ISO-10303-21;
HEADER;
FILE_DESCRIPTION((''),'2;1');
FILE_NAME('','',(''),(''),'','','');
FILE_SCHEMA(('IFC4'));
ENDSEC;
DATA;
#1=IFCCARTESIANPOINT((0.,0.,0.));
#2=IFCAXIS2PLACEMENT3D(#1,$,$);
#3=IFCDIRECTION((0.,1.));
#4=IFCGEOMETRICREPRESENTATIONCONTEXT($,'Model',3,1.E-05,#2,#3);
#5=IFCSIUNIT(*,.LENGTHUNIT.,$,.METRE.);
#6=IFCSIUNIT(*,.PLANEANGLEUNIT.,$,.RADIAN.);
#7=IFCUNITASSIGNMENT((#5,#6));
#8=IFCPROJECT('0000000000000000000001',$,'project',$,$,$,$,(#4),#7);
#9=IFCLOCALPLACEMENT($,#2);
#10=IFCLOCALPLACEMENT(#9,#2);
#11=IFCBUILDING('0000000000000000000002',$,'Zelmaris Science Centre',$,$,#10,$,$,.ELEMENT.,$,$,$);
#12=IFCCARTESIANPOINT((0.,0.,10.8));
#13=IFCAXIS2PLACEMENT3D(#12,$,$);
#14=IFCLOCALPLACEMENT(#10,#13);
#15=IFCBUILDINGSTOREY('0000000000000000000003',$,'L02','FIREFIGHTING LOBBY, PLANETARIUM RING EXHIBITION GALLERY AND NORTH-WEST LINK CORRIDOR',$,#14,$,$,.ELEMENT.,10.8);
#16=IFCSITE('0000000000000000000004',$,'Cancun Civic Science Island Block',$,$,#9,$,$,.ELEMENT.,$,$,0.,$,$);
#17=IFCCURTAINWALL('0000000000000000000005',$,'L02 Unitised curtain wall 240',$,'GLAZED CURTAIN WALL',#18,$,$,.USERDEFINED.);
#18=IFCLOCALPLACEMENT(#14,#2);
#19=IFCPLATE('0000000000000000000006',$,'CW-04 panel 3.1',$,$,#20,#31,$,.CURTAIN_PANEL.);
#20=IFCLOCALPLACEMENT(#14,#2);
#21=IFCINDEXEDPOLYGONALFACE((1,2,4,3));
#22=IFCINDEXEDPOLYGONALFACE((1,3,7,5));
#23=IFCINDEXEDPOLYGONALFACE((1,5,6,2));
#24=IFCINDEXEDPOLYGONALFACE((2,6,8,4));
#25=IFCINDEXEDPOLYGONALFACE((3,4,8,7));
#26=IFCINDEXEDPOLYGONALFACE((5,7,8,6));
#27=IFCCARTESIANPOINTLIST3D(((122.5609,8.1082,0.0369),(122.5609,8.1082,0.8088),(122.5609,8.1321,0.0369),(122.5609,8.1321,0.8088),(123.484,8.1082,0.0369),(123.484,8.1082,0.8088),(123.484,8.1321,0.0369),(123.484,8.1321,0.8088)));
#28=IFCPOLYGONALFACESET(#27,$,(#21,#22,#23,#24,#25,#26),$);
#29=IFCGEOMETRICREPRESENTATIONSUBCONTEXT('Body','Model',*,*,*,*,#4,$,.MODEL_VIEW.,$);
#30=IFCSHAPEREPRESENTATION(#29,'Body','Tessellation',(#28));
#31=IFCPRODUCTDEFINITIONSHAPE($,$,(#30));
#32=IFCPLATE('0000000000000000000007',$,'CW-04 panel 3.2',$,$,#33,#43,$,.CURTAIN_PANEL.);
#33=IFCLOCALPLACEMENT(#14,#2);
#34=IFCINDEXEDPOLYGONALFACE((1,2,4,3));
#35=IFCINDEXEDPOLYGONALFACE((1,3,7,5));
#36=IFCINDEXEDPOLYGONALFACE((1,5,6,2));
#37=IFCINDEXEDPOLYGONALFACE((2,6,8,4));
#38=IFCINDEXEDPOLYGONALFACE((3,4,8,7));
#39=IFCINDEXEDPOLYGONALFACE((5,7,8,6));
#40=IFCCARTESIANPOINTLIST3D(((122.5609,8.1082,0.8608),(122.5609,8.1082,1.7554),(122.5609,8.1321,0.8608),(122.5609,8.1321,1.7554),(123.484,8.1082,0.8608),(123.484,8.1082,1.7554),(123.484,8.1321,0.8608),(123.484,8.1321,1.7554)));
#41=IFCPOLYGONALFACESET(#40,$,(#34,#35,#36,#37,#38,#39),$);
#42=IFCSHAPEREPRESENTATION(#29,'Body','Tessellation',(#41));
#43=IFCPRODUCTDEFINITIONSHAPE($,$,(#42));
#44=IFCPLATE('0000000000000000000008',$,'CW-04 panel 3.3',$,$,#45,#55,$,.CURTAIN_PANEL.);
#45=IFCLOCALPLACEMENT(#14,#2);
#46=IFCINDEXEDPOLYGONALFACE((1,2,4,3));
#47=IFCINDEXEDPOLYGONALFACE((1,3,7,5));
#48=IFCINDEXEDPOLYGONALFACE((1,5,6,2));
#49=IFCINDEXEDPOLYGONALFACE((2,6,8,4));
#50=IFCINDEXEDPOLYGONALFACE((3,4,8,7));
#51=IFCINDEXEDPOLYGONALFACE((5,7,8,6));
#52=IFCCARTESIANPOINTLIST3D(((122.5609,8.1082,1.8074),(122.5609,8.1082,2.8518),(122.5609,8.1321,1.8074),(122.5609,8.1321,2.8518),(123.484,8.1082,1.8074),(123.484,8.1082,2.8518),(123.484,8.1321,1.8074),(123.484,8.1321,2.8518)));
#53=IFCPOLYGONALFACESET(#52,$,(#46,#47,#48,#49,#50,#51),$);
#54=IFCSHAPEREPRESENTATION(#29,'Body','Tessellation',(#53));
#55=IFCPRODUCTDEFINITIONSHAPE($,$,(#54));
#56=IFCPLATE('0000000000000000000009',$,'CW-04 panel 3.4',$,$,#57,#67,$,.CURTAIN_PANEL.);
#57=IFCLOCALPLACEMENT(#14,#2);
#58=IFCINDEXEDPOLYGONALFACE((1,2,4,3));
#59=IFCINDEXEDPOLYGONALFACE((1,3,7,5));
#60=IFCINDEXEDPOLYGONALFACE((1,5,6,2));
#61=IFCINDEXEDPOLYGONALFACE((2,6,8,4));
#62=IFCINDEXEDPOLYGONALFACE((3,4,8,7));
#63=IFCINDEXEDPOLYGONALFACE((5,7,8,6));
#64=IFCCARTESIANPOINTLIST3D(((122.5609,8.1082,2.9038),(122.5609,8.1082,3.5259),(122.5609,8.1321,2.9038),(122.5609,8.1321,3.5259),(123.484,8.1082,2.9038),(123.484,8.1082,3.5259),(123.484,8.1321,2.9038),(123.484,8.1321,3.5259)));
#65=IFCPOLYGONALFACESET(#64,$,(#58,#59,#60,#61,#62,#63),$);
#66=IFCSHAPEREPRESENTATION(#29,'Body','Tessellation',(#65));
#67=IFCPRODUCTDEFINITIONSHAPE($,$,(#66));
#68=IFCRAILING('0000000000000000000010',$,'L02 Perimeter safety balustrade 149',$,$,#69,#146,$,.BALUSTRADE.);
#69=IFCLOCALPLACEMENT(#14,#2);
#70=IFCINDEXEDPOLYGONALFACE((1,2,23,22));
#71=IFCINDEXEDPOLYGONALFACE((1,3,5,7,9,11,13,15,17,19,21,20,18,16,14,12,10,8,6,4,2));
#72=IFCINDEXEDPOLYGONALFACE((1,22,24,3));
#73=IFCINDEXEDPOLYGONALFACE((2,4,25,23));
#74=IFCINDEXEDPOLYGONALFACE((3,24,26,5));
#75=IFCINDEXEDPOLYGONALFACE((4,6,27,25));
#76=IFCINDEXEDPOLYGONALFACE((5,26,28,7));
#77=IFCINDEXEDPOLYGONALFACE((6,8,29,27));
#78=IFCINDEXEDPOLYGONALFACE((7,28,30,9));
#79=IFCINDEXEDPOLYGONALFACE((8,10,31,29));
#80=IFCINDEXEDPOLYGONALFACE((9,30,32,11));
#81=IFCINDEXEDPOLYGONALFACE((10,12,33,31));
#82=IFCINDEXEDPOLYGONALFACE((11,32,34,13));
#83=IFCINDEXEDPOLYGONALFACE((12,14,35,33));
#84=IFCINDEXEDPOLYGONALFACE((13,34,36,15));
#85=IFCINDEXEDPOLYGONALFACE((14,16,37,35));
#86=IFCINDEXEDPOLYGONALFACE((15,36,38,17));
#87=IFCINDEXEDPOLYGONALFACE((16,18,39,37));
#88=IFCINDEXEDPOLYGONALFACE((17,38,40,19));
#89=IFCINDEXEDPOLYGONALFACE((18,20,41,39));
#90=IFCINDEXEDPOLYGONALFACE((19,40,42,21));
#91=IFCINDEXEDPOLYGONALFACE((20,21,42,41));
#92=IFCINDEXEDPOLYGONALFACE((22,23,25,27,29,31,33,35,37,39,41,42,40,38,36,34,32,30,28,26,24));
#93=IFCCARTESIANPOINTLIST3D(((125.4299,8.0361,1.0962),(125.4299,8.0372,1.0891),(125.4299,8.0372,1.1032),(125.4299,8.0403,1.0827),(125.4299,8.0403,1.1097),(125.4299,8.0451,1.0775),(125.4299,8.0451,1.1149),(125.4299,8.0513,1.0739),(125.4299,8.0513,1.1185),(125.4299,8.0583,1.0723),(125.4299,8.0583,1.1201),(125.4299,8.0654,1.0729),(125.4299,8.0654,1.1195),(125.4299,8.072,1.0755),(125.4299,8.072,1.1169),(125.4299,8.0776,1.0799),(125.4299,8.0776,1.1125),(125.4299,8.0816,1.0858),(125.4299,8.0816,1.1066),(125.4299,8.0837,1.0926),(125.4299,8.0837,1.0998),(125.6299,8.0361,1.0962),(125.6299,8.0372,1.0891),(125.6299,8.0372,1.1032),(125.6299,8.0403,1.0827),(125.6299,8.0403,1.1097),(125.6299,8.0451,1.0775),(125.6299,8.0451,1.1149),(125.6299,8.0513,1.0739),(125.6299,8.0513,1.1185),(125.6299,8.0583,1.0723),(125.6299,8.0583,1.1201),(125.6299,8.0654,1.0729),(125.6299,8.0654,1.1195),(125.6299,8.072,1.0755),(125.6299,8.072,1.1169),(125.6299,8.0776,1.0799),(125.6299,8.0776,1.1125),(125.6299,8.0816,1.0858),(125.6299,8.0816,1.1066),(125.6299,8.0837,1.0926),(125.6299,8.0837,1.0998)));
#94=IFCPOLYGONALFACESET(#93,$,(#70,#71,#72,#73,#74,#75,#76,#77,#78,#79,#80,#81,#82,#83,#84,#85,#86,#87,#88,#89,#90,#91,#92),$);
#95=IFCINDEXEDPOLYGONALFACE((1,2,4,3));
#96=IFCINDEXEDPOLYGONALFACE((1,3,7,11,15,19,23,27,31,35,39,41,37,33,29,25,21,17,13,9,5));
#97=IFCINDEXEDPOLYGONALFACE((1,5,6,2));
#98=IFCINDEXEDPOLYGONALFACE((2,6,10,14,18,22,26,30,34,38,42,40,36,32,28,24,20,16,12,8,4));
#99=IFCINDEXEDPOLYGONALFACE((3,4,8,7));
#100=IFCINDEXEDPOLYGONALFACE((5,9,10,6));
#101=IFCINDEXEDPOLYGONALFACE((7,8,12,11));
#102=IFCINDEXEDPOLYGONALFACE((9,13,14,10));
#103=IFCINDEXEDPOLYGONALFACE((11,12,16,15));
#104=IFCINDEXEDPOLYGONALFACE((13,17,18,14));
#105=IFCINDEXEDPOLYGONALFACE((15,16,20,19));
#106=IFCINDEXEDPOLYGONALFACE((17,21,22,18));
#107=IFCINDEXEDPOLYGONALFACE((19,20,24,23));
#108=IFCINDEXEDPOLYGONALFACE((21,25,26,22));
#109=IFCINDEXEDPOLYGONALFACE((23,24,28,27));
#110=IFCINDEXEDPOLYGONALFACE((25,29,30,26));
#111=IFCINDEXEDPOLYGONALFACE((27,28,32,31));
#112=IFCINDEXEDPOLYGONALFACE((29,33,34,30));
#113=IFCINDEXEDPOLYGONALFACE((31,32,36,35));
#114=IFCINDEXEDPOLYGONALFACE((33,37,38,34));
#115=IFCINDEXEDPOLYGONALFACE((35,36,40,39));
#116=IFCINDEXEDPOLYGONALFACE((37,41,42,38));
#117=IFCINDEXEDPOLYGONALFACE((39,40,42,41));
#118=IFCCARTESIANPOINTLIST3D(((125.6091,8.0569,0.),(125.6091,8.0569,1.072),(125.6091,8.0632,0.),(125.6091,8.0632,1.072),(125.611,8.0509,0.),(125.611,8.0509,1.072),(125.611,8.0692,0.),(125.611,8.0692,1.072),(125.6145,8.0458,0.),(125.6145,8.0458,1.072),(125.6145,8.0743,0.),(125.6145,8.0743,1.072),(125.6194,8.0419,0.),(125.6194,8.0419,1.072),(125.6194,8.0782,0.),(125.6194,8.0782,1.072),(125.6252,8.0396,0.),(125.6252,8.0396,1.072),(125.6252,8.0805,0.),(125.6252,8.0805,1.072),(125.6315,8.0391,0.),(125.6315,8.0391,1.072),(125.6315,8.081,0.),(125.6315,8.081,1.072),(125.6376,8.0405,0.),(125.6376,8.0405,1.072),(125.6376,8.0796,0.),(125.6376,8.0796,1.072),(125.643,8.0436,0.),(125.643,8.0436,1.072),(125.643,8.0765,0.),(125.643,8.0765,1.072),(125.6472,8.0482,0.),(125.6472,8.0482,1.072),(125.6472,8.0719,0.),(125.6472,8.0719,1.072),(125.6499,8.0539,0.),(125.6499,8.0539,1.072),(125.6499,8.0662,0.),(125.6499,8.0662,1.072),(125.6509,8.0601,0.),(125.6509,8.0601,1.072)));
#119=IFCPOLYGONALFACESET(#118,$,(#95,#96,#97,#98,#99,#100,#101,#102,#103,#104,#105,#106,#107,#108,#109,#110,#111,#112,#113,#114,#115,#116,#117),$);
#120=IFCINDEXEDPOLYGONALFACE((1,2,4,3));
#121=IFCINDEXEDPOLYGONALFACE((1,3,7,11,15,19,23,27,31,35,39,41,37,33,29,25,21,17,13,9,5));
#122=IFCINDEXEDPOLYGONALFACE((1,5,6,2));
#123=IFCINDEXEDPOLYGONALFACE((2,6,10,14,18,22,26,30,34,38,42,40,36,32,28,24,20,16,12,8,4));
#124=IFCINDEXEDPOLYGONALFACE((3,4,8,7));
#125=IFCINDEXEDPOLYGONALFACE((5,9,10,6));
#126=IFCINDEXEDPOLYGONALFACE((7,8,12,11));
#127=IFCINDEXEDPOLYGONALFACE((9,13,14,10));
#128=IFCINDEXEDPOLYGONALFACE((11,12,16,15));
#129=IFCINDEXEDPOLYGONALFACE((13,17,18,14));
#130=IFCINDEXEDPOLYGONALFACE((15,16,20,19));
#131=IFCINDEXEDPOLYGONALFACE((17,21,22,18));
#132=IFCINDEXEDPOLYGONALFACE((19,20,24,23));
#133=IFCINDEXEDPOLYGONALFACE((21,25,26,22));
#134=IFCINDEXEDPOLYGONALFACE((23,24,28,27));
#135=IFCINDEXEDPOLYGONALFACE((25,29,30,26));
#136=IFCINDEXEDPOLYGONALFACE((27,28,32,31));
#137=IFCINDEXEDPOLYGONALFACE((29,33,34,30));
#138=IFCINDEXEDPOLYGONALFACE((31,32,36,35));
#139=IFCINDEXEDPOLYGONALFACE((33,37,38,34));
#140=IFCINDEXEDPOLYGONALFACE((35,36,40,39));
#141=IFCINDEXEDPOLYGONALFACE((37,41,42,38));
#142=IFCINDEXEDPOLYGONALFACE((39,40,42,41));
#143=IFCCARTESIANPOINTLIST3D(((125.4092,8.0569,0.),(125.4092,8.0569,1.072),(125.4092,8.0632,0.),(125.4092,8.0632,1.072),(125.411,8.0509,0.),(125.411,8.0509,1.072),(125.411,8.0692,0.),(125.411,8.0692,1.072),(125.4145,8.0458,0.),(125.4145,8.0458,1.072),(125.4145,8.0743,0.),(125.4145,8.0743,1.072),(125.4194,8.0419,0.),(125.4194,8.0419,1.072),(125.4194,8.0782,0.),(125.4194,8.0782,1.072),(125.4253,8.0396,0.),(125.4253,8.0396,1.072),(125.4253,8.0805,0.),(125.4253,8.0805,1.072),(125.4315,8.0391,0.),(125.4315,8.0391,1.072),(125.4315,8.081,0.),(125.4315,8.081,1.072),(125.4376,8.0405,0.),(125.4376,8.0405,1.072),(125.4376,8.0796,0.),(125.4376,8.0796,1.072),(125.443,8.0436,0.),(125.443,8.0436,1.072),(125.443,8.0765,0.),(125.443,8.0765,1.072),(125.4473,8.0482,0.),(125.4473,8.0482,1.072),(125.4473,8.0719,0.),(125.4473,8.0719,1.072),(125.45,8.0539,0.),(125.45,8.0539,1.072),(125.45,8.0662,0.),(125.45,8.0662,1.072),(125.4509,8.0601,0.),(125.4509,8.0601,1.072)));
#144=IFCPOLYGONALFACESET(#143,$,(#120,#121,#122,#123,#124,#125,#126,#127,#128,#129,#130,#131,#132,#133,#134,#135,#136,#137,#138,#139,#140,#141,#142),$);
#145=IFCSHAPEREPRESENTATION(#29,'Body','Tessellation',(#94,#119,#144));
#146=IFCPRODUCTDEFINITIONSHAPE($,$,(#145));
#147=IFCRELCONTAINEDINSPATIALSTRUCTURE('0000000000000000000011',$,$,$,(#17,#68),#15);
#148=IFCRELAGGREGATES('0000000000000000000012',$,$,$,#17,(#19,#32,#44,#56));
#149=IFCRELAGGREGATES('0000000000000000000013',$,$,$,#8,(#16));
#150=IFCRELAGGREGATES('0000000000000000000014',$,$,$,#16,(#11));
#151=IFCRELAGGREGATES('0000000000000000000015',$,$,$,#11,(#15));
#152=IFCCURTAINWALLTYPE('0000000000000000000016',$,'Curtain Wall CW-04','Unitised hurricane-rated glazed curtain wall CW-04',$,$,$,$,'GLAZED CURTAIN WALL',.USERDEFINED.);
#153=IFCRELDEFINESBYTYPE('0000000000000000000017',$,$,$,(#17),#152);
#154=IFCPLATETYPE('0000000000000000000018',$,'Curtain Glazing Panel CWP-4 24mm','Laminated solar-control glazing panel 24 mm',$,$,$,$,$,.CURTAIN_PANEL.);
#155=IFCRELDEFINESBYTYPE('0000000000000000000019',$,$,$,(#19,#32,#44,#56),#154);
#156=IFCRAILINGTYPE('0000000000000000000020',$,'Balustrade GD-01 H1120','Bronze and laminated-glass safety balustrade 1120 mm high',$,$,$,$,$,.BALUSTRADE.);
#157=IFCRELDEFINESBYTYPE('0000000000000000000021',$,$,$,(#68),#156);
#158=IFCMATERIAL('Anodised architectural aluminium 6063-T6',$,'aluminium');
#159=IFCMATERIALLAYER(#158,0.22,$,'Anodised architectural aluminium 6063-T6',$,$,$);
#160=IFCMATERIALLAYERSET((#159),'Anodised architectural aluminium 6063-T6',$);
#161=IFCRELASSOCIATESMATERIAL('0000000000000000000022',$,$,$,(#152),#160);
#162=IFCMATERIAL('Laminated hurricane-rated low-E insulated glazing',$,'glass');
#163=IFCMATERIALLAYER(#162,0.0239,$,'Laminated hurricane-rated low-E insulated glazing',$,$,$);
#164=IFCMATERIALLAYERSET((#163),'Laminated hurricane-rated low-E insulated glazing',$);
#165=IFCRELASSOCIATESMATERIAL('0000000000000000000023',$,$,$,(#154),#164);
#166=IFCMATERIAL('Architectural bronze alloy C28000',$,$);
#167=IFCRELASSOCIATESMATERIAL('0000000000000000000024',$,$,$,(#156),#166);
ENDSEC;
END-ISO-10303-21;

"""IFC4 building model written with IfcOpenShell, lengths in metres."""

from ifc_helpers import new_model, si_unit, direction, frame, origin, origin_2d, place, context, subcontext, project, spatial, rectangle, circle, extrude, material, layer, layer_set, type_object, element, aggregate, save


model = new_model("IFC4")

# Units and contexts
model_context = context("Model", 3, precision=1e-05, world=origin(), true_north=direction((0.0, 1.0)))
body_context = subcontext(model_context, "Body", "Model", "MODEL_VIEW")
ifc_project = project(units=[si_unit("LENGTHUNIT", "METRE"), si_unit("PLANEANGLEUNIT", "RADIAN")], contexts=[model_context])

# Site, building, storey
site_placement = place(None, origin())
site = spatial("IfcSite", under=ifc_project, at=site_placement, Name="Cancun Civic Science Island Block", CompositionType="ELEMENT", RefElevation=0.0)
building_placement = place(site_placement, origin())
building = spatial("IfcBuilding", under=site, at=building_placement, Name="Zelmaris Science Centre", CompositionType="ELEMENT")
storey_placement = place(building_placement, frame((0.0, 0.0, 10.8)))
storey = spatial("IfcBuildingStorey", under=building, at=storey_placement, Name="L02", Description="FIREFIGHTING LOBBY, PLANETARIUM RING EXHIBITION GALLERY AND NORTH-WEST LINK CORRIDOR", CompositionType="ELEMENT", Elevation=10.8)

# Curtain wall
ifc_material_1 = material(Name="Anodised architectural aluminium 6063-T6", Category="aluminium")
ifc_layer_1 = layer(ifc_material_1, 0.22, Name="Anodised architectural aluminium 6063-T6")
ifc_layer_set_1 = layer_set([ifc_layer_1], Name="Anodised architectural aluminium 6063-T6")
curtain_wall_type = type_object("IfcCurtainWallType", Name="Curtain Wall CW-04", Description="Unitised hurricane-rated glazed curtain wall CW-04", ElementType="GLAZED CURTAIN WALL", PredefinedType="USERDEFINED", material=ifc_layer_set_1)
curtain_wall_placement = place(storey_placement, origin())
curtain_wall = element("IfcCurtainWall", 1, at=curtain_wall_placement, inside=storey, type_object=curtain_wall_type, Name="L02 Unitised curtain wall 240", ObjectType="GLAZED CURTAIN WALL", PredefinedType="USERDEFINED")

# Plates
ifc_material_2 = material(Name="Laminated hurricane-rated low-E insulated glazing", Category="glass")
ifc_layer_2 = layer(ifc_material_2, 0.0239, Name="Laminated hurricane-rated low-E insulated glazing")
ifc_layer_set_2 = layer_set([ifc_layer_2], Name="Laminated hurricane-rated low-E insulated glazing")
plate_type = type_object("IfcPlateType", Name="Curtain Glazing Panel CWP-4 24mm", Description="Laminated solar-control glazing panel 24 mm", PredefinedType="CURTAIN_PANEL", material=ifc_layer_set_2)
plate_1_placement = place(storey_placement, frame((123.0225, 8.1201, 0.0369), z_axis=(0.0, 0.0, 1.0), x_axis=(-1.0, 0.0, 0.0)))
plate_1 = element("IfcPlate", 2, at=plate_1_placement, type_object=plate_type, Name="CW-04 panel 3.1", PredefinedType="CURTAIN_PANEL", context=body_context, shape_type="SweptSolid", body=[
    extrude(rectangle(XDim=0.9231, YDim=0.0239, at=origin_2d()), origin(), (0.0, 0.0, 1.0), 0.772),
])
plate_2_placement = place(storey_placement, frame((123.0225, 8.1201, 0.8608), z_axis=(0.0, 0.0, 1.0), x_axis=(-1.0, 0.0, 0.0)))
plate_2 = element("IfcPlate", 3, at=plate_2_placement, type_object=plate_type, Name="CW-04 panel 3.2", PredefinedType="CURTAIN_PANEL", context=body_context, shape_type="SweptSolid", body=[
    extrude(rectangle(XDim=0.9231, YDim=0.0239, at=origin_2d()), origin(), (0.0, 0.0, 1.0), 0.8945),
])
plate_3_placement = place(storey_placement, frame((123.0225, 8.1201, 1.8074), z_axis=(0.0, 0.0, 1.0), x_axis=(-1.0, 0.0, 0.0)))
plate_3 = element("IfcPlate", 4, at=plate_3_placement, type_object=plate_type, Name="CW-04 panel 3.3", PredefinedType="CURTAIN_PANEL", context=body_context, shape_type="SweptSolid", body=[
    extrude(rectangle(XDim=0.9231, YDim=0.0239, at=origin_2d()), origin(), (0.0, 0.0, 1.0), 1.0444),
])
plate_4_placement = place(storey_placement, frame((123.0225, 8.1201, 2.9038), z_axis=(0.0, 0.0, 1.0), x_axis=(-1.0, 0.0, 0.0)))
plate_4 = element("IfcPlate", 5, at=plate_4_placement, type_object=plate_type, Name="CW-04 panel 3.4", PredefinedType="CURTAIN_PANEL", context=body_context, shape_type="SweptSolid", body=[
    extrude(rectangle(XDim=0.9231, YDim=0.0239, at=origin_2d()), origin(), (0.0, 0.0, 1.0), 0.6221),
])
aggregate(curtain_wall, [plate_1, plate_2, plate_3, plate_4])

# Railing
ifc_material_3 = material(Name="Architectural bronze alloy C28000")
railing_type = type_object("IfcRailingType", Name="Balustrade GD-01 H1120", Description="Bronze and laminated-glass safety balustrade 1120 mm high", PredefinedType="BALUSTRADE", material=ifc_material_3)
railing_placement = place(storey_placement, frame((125.6299, 8.0601, 0.0)))
element("IfcRailing", 6, at=railing_placement, inside=storey, type_object=railing_type, Name="L02 Perimeter safety balustrade 149", PredefinedType="BALUSTRADE", context=body_context, shape_type="SweptSolid", body=[
    extrude(circle(Radius=0.0239, at=origin_2d()), frame((0.0, 0.0, 1.0962), z_axis=(-1.0, 0.0, 0.0), x_axis=(0.0, -1.0, 0.0)), (0.0, 0.0, 1.0), 0.2),
    extrude(circle(Radius=0.021, at=origin_2d()), origin(), (0.0, 0.0, 1.0), 1.072),
    extrude(circle(Radius=0.021, at=origin_2d()), frame((-0.2, 0.0, 0.0)), (0.0, 0.0, 1.0), 1.072),
])

save(model, "model.ifc")
